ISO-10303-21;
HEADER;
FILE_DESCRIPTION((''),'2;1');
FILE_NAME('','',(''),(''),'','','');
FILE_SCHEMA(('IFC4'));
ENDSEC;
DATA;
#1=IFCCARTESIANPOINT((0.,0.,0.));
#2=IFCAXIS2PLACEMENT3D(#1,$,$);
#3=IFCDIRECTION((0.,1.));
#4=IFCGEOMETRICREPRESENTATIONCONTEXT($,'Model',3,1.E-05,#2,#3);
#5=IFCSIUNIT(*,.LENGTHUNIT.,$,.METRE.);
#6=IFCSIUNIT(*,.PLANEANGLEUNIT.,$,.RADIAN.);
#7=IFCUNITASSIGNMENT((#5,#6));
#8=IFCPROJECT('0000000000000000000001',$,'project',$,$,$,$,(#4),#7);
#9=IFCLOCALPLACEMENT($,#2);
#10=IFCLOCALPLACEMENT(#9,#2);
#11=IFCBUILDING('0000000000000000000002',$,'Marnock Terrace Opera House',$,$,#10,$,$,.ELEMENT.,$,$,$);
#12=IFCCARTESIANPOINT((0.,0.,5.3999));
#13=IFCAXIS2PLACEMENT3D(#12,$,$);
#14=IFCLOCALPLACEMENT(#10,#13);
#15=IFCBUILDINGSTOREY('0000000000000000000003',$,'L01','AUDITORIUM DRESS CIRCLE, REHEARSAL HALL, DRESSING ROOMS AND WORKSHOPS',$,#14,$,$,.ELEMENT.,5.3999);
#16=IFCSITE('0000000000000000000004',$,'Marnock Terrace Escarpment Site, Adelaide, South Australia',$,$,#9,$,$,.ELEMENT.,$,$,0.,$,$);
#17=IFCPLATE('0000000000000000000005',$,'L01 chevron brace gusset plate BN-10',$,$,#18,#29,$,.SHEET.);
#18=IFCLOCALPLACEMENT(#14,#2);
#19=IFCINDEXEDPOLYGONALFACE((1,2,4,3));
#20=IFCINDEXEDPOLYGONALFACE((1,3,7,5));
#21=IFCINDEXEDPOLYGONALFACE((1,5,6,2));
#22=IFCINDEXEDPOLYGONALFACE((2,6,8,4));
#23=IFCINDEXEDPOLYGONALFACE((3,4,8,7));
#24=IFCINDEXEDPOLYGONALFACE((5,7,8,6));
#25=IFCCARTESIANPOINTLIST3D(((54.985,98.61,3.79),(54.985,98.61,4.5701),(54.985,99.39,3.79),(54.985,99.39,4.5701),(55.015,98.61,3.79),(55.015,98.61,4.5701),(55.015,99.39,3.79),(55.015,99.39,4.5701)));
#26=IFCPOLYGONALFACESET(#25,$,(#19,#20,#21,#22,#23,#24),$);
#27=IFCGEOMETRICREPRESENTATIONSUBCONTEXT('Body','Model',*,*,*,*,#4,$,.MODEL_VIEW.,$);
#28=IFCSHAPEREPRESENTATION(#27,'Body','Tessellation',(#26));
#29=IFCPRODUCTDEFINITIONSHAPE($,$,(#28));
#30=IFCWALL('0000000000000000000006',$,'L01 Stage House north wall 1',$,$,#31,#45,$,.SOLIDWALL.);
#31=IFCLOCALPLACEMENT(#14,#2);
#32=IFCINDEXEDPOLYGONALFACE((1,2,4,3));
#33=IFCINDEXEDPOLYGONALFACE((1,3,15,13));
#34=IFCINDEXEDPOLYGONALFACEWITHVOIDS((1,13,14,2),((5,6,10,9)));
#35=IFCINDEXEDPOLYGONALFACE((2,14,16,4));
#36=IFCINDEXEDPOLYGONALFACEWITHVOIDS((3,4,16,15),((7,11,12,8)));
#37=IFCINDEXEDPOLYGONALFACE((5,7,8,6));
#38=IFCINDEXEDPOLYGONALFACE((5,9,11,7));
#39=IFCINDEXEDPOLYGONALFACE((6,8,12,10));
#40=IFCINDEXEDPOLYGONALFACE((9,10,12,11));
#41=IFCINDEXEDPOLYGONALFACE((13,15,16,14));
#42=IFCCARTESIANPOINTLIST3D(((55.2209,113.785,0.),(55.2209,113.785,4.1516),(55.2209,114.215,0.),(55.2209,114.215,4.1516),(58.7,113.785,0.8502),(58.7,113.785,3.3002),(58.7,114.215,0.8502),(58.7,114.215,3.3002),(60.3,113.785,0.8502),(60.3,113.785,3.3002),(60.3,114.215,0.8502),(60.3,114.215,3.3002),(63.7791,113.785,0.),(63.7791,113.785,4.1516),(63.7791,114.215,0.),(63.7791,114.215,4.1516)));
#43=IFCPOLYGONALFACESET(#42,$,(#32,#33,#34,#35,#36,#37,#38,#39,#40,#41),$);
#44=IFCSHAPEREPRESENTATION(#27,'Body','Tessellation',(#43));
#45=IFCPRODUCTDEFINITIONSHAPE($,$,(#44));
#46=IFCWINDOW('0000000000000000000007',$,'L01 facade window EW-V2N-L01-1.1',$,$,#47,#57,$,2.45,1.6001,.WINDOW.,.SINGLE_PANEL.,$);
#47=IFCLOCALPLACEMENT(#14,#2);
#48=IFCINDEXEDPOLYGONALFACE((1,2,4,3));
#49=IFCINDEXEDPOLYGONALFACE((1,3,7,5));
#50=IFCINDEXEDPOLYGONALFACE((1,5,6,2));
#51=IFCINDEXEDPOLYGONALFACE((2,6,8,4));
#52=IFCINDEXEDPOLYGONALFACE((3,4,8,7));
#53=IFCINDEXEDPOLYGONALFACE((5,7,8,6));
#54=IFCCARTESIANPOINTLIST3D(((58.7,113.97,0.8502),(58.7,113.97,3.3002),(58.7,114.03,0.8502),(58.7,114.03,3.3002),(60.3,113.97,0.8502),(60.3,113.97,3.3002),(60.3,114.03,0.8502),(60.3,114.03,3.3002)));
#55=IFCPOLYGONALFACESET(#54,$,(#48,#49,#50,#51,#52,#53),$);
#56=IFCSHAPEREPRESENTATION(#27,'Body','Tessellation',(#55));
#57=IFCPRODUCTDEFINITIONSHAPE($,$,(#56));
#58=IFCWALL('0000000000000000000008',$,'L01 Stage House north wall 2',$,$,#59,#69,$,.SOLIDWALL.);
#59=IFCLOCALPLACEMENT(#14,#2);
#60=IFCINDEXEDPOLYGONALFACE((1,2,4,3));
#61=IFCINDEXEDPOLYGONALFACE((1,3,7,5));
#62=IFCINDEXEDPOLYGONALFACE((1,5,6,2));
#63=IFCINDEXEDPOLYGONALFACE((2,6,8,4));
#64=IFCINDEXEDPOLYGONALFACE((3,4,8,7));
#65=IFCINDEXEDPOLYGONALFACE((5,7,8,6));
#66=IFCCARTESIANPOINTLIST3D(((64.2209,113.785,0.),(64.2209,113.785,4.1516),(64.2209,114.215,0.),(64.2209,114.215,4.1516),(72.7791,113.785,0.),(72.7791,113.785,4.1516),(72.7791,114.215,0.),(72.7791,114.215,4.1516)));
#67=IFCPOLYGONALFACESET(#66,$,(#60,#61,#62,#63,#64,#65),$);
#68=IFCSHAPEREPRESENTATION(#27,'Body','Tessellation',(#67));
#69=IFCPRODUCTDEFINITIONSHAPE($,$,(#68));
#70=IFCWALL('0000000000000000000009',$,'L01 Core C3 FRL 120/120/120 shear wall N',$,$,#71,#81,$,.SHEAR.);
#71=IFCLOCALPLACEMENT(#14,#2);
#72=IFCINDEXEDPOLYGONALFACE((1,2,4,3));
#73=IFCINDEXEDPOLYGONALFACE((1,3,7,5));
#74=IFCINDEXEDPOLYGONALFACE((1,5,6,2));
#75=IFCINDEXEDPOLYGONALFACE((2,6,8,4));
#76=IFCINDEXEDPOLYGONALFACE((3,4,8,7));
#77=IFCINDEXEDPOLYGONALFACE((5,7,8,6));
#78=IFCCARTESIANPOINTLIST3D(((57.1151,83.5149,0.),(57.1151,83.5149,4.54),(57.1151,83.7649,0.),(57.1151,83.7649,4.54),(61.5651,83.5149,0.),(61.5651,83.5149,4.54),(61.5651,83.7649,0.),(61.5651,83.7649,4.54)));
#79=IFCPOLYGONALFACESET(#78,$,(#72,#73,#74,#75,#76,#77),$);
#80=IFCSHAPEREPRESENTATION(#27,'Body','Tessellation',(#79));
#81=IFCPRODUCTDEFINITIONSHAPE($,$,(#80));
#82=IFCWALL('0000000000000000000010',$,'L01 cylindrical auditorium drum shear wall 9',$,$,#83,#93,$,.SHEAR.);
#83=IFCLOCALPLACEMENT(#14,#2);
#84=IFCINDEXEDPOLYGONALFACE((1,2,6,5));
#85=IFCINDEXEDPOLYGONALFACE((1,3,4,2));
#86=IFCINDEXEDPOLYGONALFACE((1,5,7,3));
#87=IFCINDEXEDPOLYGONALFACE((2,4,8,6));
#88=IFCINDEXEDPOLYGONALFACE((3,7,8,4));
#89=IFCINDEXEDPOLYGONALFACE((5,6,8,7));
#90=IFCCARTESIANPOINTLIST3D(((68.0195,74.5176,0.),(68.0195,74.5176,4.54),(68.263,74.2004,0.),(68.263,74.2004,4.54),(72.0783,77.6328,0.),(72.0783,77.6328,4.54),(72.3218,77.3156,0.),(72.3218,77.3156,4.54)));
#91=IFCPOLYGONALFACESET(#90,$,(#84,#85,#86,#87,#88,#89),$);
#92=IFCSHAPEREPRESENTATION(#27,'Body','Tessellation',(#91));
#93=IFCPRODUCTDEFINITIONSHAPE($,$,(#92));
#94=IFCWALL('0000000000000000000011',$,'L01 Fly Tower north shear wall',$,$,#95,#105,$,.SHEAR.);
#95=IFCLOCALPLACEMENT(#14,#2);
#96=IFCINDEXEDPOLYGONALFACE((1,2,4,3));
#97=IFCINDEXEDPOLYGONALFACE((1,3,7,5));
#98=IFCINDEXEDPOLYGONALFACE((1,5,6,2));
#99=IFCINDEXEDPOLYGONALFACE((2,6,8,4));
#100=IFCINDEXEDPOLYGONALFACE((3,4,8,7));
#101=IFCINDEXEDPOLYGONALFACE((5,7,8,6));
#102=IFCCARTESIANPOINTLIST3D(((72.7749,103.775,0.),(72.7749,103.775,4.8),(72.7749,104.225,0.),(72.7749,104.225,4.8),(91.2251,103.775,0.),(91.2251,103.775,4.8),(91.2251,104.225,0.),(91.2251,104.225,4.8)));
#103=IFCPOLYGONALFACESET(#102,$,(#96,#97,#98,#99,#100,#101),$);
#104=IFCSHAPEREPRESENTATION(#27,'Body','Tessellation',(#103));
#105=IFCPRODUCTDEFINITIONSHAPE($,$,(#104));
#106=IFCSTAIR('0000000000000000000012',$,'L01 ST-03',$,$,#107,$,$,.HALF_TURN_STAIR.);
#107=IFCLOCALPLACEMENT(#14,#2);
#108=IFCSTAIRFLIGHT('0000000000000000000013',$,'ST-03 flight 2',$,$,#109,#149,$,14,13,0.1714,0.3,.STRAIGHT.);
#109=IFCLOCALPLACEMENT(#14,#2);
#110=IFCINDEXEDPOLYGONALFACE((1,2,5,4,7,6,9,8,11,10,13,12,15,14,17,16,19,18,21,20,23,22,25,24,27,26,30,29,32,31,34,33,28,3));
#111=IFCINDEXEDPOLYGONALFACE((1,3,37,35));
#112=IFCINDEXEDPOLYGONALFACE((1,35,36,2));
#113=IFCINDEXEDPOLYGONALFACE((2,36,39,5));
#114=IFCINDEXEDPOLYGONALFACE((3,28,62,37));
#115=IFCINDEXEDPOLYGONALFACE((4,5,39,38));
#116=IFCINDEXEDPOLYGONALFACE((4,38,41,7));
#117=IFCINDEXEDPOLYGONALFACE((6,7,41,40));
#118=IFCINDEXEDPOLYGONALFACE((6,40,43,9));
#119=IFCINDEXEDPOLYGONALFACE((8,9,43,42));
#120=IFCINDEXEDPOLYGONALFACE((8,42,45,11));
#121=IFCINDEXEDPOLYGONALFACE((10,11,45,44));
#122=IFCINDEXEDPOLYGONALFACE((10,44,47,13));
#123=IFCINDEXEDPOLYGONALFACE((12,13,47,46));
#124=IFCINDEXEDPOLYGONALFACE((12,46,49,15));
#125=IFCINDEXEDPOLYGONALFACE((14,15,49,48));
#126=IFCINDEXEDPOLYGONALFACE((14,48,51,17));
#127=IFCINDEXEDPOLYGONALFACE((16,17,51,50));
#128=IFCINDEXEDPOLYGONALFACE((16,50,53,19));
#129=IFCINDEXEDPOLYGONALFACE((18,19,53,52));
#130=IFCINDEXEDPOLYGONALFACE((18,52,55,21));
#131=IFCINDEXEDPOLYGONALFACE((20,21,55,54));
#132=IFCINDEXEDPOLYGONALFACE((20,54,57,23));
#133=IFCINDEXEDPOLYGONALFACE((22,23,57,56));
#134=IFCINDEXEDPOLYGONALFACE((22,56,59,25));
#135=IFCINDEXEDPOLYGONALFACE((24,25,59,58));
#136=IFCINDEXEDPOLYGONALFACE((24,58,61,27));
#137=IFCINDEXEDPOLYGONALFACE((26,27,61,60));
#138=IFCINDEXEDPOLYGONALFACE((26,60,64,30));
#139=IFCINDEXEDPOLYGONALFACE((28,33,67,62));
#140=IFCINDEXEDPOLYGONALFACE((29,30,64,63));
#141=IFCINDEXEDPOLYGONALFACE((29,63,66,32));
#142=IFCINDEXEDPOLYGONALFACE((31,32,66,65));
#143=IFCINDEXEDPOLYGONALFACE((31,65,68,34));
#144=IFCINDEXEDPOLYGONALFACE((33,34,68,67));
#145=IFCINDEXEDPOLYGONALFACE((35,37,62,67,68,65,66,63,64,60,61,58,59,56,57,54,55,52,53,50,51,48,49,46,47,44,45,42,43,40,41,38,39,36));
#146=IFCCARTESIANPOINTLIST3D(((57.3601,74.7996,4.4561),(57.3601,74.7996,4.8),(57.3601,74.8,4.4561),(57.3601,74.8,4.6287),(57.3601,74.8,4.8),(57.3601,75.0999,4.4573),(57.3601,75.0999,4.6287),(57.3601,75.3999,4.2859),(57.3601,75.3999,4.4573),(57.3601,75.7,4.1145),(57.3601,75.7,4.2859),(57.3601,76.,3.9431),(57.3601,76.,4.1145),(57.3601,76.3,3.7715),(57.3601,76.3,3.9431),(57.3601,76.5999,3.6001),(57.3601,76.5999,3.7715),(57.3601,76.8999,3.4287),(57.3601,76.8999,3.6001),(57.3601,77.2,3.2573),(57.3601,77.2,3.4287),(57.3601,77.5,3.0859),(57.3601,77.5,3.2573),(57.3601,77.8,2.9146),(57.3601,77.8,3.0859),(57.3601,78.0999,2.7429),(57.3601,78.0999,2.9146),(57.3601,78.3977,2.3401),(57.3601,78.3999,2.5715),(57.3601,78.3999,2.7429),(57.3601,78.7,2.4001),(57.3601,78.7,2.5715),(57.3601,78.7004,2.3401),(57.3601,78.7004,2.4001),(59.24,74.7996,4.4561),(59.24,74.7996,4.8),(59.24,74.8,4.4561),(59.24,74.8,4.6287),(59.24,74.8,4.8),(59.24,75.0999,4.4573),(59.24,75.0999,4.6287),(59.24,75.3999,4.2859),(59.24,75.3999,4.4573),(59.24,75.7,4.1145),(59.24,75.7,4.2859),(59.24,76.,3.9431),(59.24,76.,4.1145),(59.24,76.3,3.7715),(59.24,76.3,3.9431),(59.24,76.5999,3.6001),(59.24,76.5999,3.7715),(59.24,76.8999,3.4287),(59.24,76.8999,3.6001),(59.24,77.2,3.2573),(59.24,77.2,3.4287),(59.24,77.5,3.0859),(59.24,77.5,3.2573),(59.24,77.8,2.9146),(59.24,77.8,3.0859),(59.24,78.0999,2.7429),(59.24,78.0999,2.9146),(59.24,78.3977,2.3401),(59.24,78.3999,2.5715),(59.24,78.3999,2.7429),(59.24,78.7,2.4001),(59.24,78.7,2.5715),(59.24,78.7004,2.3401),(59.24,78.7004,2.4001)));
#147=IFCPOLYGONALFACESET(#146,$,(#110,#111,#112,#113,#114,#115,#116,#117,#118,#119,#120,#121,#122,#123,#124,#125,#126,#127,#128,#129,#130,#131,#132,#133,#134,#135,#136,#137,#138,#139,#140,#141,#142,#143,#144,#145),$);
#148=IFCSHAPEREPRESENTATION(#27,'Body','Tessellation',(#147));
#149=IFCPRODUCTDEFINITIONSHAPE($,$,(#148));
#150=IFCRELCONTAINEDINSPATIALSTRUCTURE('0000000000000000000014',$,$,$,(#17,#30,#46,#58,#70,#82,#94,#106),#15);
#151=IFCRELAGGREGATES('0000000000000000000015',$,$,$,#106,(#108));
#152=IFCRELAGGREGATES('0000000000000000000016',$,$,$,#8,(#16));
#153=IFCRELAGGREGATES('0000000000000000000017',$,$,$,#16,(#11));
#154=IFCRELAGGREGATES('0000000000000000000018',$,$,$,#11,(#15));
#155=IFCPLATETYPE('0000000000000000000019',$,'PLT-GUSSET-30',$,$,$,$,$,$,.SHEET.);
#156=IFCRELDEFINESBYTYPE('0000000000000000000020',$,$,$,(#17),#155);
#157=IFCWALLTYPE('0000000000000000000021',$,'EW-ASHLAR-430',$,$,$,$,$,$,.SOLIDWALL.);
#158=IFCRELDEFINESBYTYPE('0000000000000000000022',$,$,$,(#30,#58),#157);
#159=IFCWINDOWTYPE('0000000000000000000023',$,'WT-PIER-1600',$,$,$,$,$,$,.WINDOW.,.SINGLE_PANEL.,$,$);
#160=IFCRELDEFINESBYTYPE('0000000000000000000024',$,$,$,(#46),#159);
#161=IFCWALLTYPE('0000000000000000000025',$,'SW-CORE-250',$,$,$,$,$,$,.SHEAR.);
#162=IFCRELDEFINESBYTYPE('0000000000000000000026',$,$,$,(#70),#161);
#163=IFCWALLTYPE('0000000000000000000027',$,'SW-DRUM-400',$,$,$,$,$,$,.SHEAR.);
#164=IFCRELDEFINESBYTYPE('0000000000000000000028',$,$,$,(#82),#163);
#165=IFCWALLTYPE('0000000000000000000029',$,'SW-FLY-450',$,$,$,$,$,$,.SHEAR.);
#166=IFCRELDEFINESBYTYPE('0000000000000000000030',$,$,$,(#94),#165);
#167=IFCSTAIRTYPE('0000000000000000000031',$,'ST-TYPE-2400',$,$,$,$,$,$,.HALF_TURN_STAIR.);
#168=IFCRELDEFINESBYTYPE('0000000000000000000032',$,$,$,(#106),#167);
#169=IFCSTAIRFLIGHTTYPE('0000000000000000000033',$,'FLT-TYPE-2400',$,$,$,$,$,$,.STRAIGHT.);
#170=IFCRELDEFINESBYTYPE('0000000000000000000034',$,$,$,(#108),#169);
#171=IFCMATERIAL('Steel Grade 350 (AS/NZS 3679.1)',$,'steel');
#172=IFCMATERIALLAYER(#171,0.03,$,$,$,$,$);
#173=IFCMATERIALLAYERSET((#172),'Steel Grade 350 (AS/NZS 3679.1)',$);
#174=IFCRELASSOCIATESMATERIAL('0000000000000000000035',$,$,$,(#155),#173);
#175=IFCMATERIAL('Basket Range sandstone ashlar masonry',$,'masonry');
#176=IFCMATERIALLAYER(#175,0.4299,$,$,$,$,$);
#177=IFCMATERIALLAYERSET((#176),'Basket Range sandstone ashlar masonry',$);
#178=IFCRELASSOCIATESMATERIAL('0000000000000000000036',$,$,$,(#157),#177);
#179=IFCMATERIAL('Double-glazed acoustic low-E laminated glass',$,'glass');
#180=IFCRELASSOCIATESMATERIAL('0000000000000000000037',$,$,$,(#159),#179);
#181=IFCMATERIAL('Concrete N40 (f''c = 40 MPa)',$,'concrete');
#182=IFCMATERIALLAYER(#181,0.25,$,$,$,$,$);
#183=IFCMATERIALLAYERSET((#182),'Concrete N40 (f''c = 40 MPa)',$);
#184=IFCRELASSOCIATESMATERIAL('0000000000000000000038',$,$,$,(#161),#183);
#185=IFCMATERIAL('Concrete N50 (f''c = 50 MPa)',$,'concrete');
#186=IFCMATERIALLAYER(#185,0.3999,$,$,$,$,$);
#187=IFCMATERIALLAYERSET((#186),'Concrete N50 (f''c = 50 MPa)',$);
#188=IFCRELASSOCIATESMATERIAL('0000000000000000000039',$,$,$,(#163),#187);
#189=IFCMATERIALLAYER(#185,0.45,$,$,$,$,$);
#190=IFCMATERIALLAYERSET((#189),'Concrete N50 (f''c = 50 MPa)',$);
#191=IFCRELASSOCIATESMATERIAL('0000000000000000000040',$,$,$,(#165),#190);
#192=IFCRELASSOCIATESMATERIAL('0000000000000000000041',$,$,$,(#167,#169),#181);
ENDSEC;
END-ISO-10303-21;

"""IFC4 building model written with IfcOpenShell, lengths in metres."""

from ifc_helpers import new_model, si_unit, direction, frame, frame_2d, origin, origin_2d, place, context, subcontext, project, spatial, polyline, rectangle, outline, extrude, material, layer, layer_set, type_object, element, fill, aggregate, save


model = new_model("IFC4")

# Units and contexts
model_context = context("Model", 3, precision=1e-05, world=origin(), true_north=direction((0.0, 1.0)))
body_context = subcontext(model_context, "Body", "Model", "MODEL_VIEW")
ifc_project = project(units=[si_unit("LENGTHUNIT", "METRE"), si_unit("PLANEANGLEUNIT", "RADIAN")], contexts=[model_context])

# Site, building, storey
site_placement = place(None, origin())
site = spatial("IfcSite", under=ifc_project, at=site_placement, Name="Marnock Terrace Escarpment Site, Adelaide, South Australia", CompositionType="ELEMENT", RefElevation=0.0)
building_placement = place(site_placement, origin())
building = spatial("IfcBuilding", under=site, at=building_placement, Name="Marnock Terrace Opera House", CompositionType="ELEMENT")
storey_placement = place(building_placement, frame((0.0, 0.0, 5.3999)))
storey = spatial("IfcBuildingStorey", under=building, at=storey_placement, Name="L01", Description="AUDITORIUM DRESS CIRCLE, REHEARSAL HALL, DRESSING ROOMS AND WORKSHOPS", CompositionType="ELEMENT", Elevation=5.3999)

# Shared definitions
ifc_material_1 = material(Name="Concrete N40 (f'c = 40 MPa)", Category="concrete")
ifc_material_2 = material(Name="Concrete N50 (f'c = 50 MPa)", Category="concrete")

# Shared definitions
ifc_material_3 = material(Name="Steel Grade 350 (AS/NZS 3679.1)", Category="steel")

# Plate
ifc_layer_1 = layer(ifc_material_3, 0.03)
ifc_layer_set_1 = layer_set([ifc_layer_1], Name="Steel Grade 350 (AS/NZS 3679.1)")
plate_type = type_object("IfcPlateType", Name="PLT-GUSSET-30", PredefinedType="SHEET", material=ifc_layer_set_1)
plate_placement = place(storey_placement, frame((55.0, 99.0, 3.79), z_axis=(0.0, 0.0, 1.0), x_axis=(0.0, 1.0, 0.0)))
element("IfcPlate", 1, at=plate_placement, inside=storey, type_object=plate_type, Name="L01 chevron brace gusset plate BN-10", PredefinedType="SHEET", context=body_context, shape_type="SweptSolid", body=[
    extrude(rectangle(XDim=0.78, YDim=0.03, at=origin_2d()), origin(), (0.0, 0.0, 1.0), 0.78),
])

# Wall, opening, window
ifc_material_4 = material(Name="Basket Range sandstone ashlar masonry", Category="masonry")
ifc_layer_2 = layer(ifc_material_4, 0.4299)
ifc_layer_set_2 = layer_set([ifc_layer_2], Name="Basket Range sandstone ashlar masonry")
wall_type_1 = type_object("IfcWallType", Name="EW-ASHLAR-430", PredefinedType="SOLIDWALL", material=ifc_layer_set_2)
wall_1_placement = place(storey_placement, frame((55.2209, 114.0, 0.0), z_axis=(0.0, 0.0, 1.0), x_axis=(1.0, 0.0, 0.0)))
wall_1 = element("IfcWall", 2, at=wall_1_placement, inside=storey, type_object=wall_type_1, Name="L01 Stage House north wall 1", PredefinedType="SOLIDWALL", context=body_context, shape_type="SweptSolid", body=[
    extrude(rectangle(XDim=8.5581, YDim=0.4299, at=frame_2d((4.2791, 0.0))), origin(), (0.0, 0.0, 1.0), 4.1516),
])
opening_placement = place(wall_1_placement, frame((3.479, 0.0, 0.8501)))
opening = element("IfcOpeningElement", 3, at=opening_placement, cuts=wall_1, PredefinedType="OPENING", context=body_context, shape_type="SweptSolid", body=[
    extrude(rectangle(XDim=1.6001, YDim=2.45, at=frame_2d((0.8, 1.2251))), frame((0.0, 0.2249, 0.0), z_axis=(0.0, -1.0, 0.0), x_axis=(1.0, 0.0, 0.0)), (0.0, 0.0, 1.0), 0.45),
])
ifc_material_5 = material(Name="Double-glazed acoustic low-E laminated glass", Category="glass")
window_type = type_object("IfcWindowType", Name="WT-PIER-1600", PartitioningType="SINGLE_PANEL", PredefinedType="WINDOW", material=ifc_material_5)
window_placement = place(opening_placement, origin())
window = element("IfcWindow", 4, at=window_placement, inside=storey, type_object=window_type, Name="L01 facade window EW-V2N-L01-1.1", OverallHeight=2.45, OverallWidth=1.6001, PartitioningType="SINGLE_PANEL", PredefinedType="WINDOW", context=body_context, shape_type="SweptSolid", body=[
    extrude(rectangle(XDim=1.6001, YDim=2.45, at=frame_2d((0.8, 1.2251))), frame((0.0, 0.03, 0.0), z_axis=(0.0, -1.0, 0.0), x_axis=(1.0, 0.0, 0.0)), (0.0, 0.0, 1.0), 0.0601),
])
fill(opening, window)

# Walls
wall_2_placement = place(storey_placement, frame((64.2209, 114.0, 0.0), z_axis=(0.0, 0.0, 1.0), x_axis=(1.0, 0.0, 0.0)))
element("IfcWall", 5, at=wall_2_placement, inside=storey, type_object=wall_type_1, Name="L01 Stage House north wall 2", PredefinedType="SOLIDWALL", context=body_context, shape_type="SweptSolid", body=[
    extrude(rectangle(XDim=8.5581, YDim=0.4299, at=frame_2d((4.2791, 0.0))), origin(), (0.0, 0.0, 1.0), 4.1516),
])
ifc_layer_3 = layer(ifc_material_1, 0.25)
ifc_layer_set_3 = layer_set([ifc_layer_3], Name="Concrete N40 (f'c = 40 MPa)")
wall_type_2 = type_object("IfcWallType", Name="SW-CORE-250", PredefinedType="SHEAR", material=ifc_layer_set_3)
wall_3_placement = place(storey_placement, frame((57.115, 83.6399, 0.0), z_axis=(0.0, 0.0, 1.0), x_axis=(1.0, 0.0, 0.0)))
element("IfcWall", 6, at=wall_3_placement, inside=storey, type_object=wall_type_2, Name="L01 Core C3 FRL 120/120/120 shear wall N", PredefinedType="SHEAR", context=body_context, shape_type="SweptSolid", body=[
    extrude(rectangle(XDim=4.45, YDim=0.25, at=frame_2d((2.2251, 0.0))), origin(), (0.0, 0.0, 1.0), 4.54),
])
ifc_layer_4 = layer(ifc_material_2, 0.3999)
ifc_layer_set_4 = layer_set([ifc_layer_4], Name="Concrete N50 (f'c = 50 MPa)")
wall_type_3 = type_object("IfcWallType", Name="SW-DRUM-400", PredefinedType="SHEAR", material=ifc_layer_set_4)
wall_4_placement = place(storey_placement, frame((72.2, 77.4741, 0.0), z_axis=(0.0, 0.0, 1.0), x_axis=(-0.79328, -0.608857, 0.0)))
element("IfcWall", 7, at=wall_4_placement, inside=storey, type_object=wall_type_3, Name="L01 cylindrical auditorium drum shear wall 9", PredefinedType="SHEAR", context=body_context, shape_type="SweptSolid", body=[
    extrude(rectangle(XDim=5.1165, YDim=0.3999, at=frame_2d((2.5581, 0.0))), origin(), (0.0, 0.0, 1.0), 4.54),
])
ifc_layer_5 = layer(ifc_material_2, 0.45)
ifc_layer_set_5 = layer_set([ifc_layer_5], Name="Concrete N50 (f'c = 50 MPa)")
wall_type_4 = type_object("IfcWallType", Name="SW-FLY-450", PredefinedType="SHEAR", material=ifc_layer_set_5)
wall_5_placement = place(storey_placement, frame((72.7749, 104.0, 0.0), z_axis=(0.0, 0.0, 1.0), x_axis=(1.0, 0.0, 0.0)))
element("IfcWall", 8, at=wall_5_placement, inside=storey, type_object=wall_type_4, Name="L01 Fly Tower north shear wall", PredefinedType="SHEAR", context=body_context, shape_type="SweptSolid", body=[
    extrude(rectangle(XDim=18.4502, YDim=0.45, at=frame_2d((9.2251, 0.0))), origin(), (0.0, 0.0, 1.0), 4.8),
])

# Stair, stair flight
stair_type = type_object("IfcStairType", Name="ST-TYPE-2400", PredefinedType="HALF_TURN_STAIR", material=ifc_material_1)
stair_placement = place(storey_placement, origin())
stair = element("IfcStair", 9, at=stair_placement, inside=storey, type_object=stair_type, Name="L01 ST-03", PredefinedType="HALF_TURN_STAIR")
stair_flight_type = type_object("IfcStairFlightType", Name="FLT-TYPE-2400", PredefinedType="STRAIGHT", material=ifc_material_1)
stair_flight_placement = place(storey_placement, frame((58.3, 78.7, 2.4001), z_axis=(0.0, 0.0, 1.0), x_axis=(0.0, -1.0, 0.0)))
stair_flight = element("IfcStairFlight", 10, at=stair_flight_placement, type_object=stair_flight_type, Name="ST-03 flight 2", NumberOfRisers=14, NumberOfTreads=13, PredefinedType="STRAIGHT", RiserHeight=0.1714, TreadLength=0.3, context=body_context, shape_type="SweptSolid", body=[
    extrude(outline(polyline([(-0.0005, -0.0601), (-0.0005, 0.0), (0.0, 0.0), (0.0, 0.1714), (0.3, 0.1714), (0.3, 0.3428), (0.6001, 0.3428), (0.6001, 0.5144), (0.8999, 0.5144), (0.8999, 0.6858), (1.2, 0.6858), (1.2, 0.8572), (1.5, 0.8572), (1.5, 1.0286), (1.8, 1.0286), (1.8, 1.2), (2.1001, 1.2), (2.1001, 1.3713), (2.3999, 1.3713), (2.3999, 1.543), (2.7, 1.543), (2.7, 1.7144), (3.0, 1.7144), (3.0, 1.8857), (3.3, 1.8857), (3.3, 2.0571), (3.6001, 2.0571), (3.6001, 2.2285), (3.8999, 2.2285), (3.8999, 2.3999), (3.9004, 2.3999), (3.9004, 2.0559), (3.8999, 2.0559), (0.3022, -0.0601), (-0.0005, -0.0601)])), frame((0.0, 0.9399, 0.0), z_axis=(0.0, -1.0, 0.0), x_axis=(1.0, 0.0, 0.0)), (0.0, 0.0, 1.0), 1.8799),
])
aggregate(stair, [stair_flight])

save(model, "model.ifc")
